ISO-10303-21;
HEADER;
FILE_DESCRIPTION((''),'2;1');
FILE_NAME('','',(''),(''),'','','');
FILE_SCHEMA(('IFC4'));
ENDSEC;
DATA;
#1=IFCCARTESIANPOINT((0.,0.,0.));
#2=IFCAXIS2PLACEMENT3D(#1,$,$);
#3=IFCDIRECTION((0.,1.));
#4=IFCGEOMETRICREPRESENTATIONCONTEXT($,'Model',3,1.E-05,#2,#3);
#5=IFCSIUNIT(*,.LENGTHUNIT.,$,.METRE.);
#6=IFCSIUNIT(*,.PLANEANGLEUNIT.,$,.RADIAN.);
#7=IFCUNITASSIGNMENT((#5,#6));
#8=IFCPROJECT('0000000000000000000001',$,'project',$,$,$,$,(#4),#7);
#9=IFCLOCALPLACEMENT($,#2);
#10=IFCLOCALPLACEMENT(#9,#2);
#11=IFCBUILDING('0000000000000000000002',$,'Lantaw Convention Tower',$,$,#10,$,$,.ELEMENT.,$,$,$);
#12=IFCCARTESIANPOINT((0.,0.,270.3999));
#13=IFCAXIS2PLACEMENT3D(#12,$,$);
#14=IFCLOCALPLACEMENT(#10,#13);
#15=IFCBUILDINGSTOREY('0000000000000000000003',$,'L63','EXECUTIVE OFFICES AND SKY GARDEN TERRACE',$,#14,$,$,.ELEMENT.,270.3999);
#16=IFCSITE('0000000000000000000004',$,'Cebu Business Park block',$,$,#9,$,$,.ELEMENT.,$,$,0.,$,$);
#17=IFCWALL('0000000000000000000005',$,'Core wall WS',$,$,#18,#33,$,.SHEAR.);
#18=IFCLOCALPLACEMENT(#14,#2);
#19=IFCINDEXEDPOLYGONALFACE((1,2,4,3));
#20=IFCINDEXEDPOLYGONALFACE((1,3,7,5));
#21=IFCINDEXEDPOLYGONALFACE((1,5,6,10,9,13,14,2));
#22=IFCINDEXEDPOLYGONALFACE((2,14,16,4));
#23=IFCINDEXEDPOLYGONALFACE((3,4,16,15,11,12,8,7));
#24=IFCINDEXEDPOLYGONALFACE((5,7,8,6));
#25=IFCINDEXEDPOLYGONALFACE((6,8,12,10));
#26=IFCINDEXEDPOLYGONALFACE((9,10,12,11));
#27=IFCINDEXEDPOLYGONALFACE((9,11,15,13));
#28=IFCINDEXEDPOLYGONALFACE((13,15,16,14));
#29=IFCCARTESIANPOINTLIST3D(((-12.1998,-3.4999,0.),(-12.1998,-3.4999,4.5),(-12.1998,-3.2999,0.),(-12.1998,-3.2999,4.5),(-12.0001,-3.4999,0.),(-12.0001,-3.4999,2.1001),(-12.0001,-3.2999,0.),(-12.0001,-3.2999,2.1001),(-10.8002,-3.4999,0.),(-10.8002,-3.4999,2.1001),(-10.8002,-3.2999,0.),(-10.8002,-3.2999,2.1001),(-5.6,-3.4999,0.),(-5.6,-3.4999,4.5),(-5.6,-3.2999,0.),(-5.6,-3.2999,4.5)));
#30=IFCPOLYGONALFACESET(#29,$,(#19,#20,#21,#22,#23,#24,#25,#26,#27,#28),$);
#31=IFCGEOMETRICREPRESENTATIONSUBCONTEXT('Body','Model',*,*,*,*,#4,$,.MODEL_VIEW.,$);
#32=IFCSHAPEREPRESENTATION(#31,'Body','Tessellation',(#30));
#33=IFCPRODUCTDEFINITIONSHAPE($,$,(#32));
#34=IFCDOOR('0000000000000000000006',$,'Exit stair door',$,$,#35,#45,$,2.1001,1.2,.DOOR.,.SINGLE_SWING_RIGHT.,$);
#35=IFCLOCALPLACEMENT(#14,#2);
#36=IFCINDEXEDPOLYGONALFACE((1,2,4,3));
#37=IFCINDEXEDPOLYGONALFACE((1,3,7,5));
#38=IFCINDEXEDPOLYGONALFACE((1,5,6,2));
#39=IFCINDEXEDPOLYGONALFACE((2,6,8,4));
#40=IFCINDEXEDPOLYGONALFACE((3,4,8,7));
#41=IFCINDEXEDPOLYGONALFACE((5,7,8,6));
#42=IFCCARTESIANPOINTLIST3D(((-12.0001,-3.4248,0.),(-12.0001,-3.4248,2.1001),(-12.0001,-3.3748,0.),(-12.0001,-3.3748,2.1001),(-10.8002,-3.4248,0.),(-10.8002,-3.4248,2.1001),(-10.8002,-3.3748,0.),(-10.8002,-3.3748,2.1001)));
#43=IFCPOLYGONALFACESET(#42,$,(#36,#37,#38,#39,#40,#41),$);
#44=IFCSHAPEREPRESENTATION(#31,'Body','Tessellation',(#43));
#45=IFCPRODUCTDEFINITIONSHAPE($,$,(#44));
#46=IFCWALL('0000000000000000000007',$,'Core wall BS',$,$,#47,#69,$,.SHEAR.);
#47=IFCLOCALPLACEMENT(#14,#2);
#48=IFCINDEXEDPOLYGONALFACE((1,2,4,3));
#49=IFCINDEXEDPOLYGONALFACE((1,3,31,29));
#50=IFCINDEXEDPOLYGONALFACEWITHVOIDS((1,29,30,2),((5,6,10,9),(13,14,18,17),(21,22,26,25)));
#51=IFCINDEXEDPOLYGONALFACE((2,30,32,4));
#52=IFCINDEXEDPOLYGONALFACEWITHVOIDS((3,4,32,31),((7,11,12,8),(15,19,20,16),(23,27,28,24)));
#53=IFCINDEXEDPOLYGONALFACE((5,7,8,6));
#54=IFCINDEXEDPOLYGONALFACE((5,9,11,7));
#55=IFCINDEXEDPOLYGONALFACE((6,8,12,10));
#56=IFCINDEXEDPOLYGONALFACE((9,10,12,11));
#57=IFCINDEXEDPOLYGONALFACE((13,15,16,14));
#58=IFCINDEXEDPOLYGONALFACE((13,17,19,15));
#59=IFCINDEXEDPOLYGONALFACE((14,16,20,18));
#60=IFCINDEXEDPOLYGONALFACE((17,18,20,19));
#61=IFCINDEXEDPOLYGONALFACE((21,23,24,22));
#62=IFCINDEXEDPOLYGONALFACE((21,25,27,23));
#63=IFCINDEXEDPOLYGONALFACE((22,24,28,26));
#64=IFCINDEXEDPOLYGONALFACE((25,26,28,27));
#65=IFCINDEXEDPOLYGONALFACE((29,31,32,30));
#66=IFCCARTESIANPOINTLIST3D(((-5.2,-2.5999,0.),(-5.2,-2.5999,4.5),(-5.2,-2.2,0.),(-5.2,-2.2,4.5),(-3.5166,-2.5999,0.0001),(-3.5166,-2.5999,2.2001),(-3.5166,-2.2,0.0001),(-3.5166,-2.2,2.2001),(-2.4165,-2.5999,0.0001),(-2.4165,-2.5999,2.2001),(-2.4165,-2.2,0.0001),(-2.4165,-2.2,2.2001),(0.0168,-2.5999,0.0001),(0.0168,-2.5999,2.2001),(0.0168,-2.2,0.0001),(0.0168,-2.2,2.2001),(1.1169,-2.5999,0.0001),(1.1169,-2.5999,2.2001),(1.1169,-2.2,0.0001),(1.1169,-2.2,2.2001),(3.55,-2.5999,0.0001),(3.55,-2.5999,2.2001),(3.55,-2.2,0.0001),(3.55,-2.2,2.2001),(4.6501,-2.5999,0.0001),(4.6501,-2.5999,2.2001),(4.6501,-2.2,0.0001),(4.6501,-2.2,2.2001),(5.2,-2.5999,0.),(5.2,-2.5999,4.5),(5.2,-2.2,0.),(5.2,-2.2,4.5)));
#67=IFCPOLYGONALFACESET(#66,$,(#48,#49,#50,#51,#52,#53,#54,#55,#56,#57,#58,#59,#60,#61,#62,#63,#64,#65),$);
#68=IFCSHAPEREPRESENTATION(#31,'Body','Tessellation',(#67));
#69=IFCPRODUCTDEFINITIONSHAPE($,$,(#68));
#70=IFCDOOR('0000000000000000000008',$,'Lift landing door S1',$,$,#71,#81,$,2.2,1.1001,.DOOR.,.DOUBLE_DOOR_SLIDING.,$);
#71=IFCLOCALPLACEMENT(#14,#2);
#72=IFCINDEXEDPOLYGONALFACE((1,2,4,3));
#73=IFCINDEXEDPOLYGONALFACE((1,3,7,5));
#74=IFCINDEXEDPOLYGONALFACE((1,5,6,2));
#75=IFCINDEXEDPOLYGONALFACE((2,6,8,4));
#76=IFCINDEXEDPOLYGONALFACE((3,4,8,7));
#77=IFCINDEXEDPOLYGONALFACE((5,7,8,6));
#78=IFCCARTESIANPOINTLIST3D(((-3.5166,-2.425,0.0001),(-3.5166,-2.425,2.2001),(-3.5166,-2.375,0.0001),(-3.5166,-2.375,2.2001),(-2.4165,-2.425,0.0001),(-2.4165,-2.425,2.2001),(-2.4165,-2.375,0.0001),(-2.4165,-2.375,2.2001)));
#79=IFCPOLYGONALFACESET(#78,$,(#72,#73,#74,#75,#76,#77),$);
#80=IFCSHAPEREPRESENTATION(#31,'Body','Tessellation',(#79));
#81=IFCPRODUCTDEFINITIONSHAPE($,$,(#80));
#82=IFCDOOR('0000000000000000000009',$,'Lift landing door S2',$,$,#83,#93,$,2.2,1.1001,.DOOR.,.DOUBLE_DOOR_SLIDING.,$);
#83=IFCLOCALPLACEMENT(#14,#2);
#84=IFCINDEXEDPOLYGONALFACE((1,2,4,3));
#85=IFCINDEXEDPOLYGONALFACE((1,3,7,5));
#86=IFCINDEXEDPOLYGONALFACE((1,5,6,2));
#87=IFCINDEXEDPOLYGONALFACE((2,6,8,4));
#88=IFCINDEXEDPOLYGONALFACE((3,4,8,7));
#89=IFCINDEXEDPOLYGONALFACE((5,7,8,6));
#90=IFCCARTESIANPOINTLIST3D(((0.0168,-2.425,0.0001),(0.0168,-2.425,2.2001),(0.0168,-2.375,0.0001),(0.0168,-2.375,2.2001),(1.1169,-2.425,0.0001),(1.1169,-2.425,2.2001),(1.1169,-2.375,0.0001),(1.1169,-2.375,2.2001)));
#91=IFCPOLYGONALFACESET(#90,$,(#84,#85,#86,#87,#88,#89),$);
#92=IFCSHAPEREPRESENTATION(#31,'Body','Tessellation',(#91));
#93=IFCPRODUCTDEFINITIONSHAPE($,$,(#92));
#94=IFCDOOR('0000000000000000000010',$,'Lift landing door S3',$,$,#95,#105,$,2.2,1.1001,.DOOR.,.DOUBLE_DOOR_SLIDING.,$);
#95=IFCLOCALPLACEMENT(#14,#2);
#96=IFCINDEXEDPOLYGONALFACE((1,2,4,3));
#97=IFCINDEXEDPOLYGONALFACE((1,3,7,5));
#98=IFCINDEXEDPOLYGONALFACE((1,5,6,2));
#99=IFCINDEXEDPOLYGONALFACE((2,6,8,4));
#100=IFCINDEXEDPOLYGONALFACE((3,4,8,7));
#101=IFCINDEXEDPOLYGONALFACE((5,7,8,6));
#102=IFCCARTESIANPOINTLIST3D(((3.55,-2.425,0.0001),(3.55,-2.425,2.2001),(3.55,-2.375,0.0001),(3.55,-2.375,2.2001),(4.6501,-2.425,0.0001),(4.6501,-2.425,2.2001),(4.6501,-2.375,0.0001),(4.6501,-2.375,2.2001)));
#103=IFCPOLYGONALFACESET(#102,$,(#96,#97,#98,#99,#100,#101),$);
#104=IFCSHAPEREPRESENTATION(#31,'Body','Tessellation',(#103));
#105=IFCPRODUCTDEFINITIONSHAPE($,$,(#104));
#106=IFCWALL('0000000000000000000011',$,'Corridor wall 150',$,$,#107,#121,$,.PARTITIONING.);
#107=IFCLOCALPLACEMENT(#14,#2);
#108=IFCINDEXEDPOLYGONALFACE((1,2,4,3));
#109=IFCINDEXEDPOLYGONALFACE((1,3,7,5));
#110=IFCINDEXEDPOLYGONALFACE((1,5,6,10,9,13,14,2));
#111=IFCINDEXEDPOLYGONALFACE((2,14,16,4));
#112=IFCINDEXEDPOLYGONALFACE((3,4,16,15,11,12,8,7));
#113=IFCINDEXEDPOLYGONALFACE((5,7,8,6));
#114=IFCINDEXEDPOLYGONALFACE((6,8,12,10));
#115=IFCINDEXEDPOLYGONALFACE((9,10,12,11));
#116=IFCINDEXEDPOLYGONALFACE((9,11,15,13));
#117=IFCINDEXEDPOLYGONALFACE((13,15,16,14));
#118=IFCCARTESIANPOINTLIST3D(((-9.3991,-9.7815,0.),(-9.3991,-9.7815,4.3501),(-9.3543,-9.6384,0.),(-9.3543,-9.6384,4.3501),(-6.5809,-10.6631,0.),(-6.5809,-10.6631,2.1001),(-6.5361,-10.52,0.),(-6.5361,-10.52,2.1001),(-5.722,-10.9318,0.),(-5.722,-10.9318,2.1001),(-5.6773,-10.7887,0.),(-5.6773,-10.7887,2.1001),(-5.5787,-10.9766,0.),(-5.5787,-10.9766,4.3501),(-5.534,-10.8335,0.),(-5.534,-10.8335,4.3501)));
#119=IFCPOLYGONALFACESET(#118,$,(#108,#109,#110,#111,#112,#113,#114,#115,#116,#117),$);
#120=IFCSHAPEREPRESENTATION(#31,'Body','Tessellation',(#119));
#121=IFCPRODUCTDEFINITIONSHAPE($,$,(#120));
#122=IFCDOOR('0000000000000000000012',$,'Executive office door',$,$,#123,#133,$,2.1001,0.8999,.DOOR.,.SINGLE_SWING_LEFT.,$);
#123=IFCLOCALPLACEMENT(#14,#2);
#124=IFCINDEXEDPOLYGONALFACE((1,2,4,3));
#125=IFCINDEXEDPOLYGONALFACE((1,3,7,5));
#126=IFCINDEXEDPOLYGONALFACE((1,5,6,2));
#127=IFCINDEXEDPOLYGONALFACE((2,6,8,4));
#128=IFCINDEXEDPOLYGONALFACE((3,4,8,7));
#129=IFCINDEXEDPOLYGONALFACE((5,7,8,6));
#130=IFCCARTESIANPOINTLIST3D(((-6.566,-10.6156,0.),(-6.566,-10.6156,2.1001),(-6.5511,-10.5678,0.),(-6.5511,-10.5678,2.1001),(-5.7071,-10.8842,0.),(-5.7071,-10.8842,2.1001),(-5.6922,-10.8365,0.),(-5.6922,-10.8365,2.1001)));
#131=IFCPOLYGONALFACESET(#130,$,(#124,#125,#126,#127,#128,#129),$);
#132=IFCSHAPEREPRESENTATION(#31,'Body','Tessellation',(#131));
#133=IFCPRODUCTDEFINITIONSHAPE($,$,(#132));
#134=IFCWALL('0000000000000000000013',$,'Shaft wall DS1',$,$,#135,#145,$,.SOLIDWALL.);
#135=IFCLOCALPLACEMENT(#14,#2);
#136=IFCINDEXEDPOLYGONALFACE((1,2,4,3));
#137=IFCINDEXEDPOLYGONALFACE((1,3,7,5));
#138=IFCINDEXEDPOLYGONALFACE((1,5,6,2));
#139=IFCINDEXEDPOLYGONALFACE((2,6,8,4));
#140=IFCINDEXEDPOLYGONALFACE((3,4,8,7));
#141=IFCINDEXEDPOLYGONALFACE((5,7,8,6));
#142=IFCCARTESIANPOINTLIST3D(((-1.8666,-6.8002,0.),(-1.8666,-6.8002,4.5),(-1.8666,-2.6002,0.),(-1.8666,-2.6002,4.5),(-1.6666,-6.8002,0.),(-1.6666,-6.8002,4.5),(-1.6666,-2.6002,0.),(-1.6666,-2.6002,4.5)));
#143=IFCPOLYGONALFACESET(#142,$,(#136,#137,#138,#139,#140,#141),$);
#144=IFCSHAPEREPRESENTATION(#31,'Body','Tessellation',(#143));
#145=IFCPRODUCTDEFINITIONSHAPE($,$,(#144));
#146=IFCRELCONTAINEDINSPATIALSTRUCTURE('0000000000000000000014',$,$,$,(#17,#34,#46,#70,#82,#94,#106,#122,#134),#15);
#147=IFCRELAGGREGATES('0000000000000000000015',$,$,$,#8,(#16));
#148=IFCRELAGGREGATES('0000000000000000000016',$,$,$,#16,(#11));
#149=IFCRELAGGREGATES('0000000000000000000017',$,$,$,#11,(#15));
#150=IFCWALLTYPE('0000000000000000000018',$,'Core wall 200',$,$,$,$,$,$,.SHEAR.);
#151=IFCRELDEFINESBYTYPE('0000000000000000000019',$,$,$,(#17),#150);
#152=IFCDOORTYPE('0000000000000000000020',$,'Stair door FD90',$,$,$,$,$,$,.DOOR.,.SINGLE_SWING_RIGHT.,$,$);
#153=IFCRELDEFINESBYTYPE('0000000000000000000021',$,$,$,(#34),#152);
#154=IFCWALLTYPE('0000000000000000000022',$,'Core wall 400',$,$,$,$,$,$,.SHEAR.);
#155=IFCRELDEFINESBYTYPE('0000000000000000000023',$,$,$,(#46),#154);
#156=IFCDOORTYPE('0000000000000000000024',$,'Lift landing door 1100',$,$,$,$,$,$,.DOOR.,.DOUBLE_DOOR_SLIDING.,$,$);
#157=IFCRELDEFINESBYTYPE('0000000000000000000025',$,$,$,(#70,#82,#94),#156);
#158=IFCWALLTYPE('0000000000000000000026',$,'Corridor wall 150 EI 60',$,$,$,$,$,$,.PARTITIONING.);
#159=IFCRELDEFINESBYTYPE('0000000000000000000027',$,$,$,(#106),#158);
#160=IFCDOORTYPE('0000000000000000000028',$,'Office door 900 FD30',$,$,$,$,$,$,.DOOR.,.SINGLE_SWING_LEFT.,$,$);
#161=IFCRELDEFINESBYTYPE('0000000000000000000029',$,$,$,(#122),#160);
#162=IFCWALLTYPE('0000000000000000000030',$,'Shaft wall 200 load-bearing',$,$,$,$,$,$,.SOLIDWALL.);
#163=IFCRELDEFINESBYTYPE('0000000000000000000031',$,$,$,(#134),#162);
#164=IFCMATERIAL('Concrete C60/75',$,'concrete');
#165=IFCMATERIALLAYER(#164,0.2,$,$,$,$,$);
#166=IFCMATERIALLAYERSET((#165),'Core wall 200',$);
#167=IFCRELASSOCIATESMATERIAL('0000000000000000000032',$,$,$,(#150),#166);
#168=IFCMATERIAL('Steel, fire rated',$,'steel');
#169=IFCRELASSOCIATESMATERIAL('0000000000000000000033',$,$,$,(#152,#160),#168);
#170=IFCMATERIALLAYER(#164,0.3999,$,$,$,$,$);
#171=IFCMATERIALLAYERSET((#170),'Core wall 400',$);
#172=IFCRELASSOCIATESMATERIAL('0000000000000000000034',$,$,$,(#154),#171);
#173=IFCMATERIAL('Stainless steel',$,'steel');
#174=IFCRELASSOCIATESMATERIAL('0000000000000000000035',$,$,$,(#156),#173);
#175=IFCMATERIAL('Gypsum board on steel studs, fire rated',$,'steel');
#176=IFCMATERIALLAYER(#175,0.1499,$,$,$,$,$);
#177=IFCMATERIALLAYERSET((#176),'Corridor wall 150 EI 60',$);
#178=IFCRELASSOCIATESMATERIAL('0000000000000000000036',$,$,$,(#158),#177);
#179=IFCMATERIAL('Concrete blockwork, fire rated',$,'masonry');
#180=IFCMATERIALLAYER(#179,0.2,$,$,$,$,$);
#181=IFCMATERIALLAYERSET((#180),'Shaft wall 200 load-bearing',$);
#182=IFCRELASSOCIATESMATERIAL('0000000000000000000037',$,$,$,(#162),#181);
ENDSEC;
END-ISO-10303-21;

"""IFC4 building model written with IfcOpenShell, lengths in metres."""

from ifc_helpers import new_model, si_unit, direction, frame, frame_2d, origin, place, context, subcontext, project, spatial, rectangle, extrude, material, layer, layer_set, type_object, element, fill, save


model = new_model("IFC4")

# Units and contexts
model_context = context("Model", 3, precision=1e-05, world=origin(), true_north=direction((0.0, 1.0)))
body_context = subcontext(model_context, "Body", "Model", "MODEL_VIEW")
ifc_project = project(units=[si_unit("LENGTHUNIT", "METRE"), si_unit("PLANEANGLEUNIT", "RADIAN")], contexts=[model_context])

# Site, building, storey
site_placement = place(None, origin())
site = spatial("IfcSite", under=ifc_project, at=site_placement, Name="Cebu Business Park block", CompositionType="ELEMENT", RefElevation=0.0)
building_placement = place(site_placement, origin())
building = spatial("IfcBuilding", under=site, at=building_placement, Name="Lantaw Convention Tower", CompositionType="ELEMENT")
storey_placement = place(building_placement, frame((0.0, 0.0, 270.3999)))
storey = spatial("IfcBuildingStorey", under=building, at=storey_placement, Name="L63", Description="EXECUTIVE OFFICES AND SKY GARDEN TERRACE", CompositionType="ELEMENT", Elevation=270.3999)

# Shared definitions
ifc_material_1 = material(Name="Concrete C60/75", Category="concrete")

# Wall, opening, door
ifc_layer_1 = layer(ifc_material_1, 0.2)
ifc_layer_set_1 = layer_set([ifc_layer_1], Name="Core wall 200")
wall_type_1 = type_object("IfcWallType", Name="Core wall 200", PredefinedType="SHEAR", material=ifc_layer_set_1)
wall_1_placement = place(storey_placement, frame((-5.6001, -3.3999, 0.0), z_axis=(0.0, 0.0, 1.0), x_axis=(-1.0, 0.0, 0.0)))
wall_1 = element("IfcWall", 1, at=wall_1_placement, inside=storey, type_object=wall_type_1, Name="Core wall WS", PredefinedType="SHEAR", context=body_context, shape_type="SweptSolid", body=[
    extrude(rectangle(XDim=6.5999, YDim=0.2, at=frame_2d((3.2998, 0.0))), origin(), (0.0, 0.0, 1.0), 4.5),
])
opening_1_placement = place(wall_1_placement, frame((5.2, 0.0, 0.0)))
opening_1 = element("IfcOpeningElement", 2, at=opening_1_placement, cuts=wall_1, PredefinedType="OPENING", context=body_context, shape_type="SweptSolid", body=[
    extrude(rectangle(XDim=1.2, YDim=2.1001, at=frame_2d((0.6001, 1.05))), frame((0.0, 0.1099, 0.0), z_axis=(0.0, -1.0, 0.0), x_axis=(1.0, 0.0, 0.0)), (0.0, 0.0, 1.0), 0.22),
])
ifc_material_2 = material(Name="Steel, fire rated", Category="steel")
door_type_1 = type_object("IfcDoorType", Name="Stair door FD90", OperationType="SINGLE_SWING_RIGHT", PredefinedType="DOOR", material=ifc_material_2)
door_1_placement = place(opening_1_placement, origin())
door_1 = element("IfcDoor", 3, at=door_1_placement, inside=storey, type_object=door_type_1, Name="Exit stair door", OperationType="SINGLE_SWING_RIGHT", OverallHeight=2.1001, OverallWidth=1.2, PredefinedType="DOOR", context=body_context, shape_type="SweptSolid", body=[
    extrude(rectangle(XDim=1.2, YDim=2.1001, at=frame_2d((0.6001, 1.05))), frame((0.0, 0.0249, 0.0), z_axis=(0.0, -1.0, 0.0), x_axis=(1.0, 0.0, 0.0)), (0.0, 0.0, 1.0), 0.05),
])
fill(opening_1, door_1)

# Wall, openings, doors
ifc_layer_2 = layer(ifc_material_1, 0.3999)
ifc_layer_set_2 = layer_set([ifc_layer_2], Name="Core wall 400")
wall_type_2 = type_object("IfcWallType", Name="Core wall 400", PredefinedType="SHEAR", material=ifc_layer_set_2)
wall_2_placement = place(storey_placement, frame((-5.2, -2.3999, 0.0), z_axis=(0.0, 0.0, 1.0), x_axis=(1.0, 0.0, 0.0)))
wall_2 = element("IfcWall", 4, at=wall_2_placement, inside=storey, type_object=wall_type_2, Name="Core wall BS", PredefinedType="SHEAR", context=body_context, shape_type="SweptSolid", body=[
    extrude(rectangle(XDim=10.3999, YDim=0.3999, at=frame_2d((5.2, 0.0))), origin(), (0.0, 0.0, 1.0), 4.5),
])
opening_2_placement = place(wall_2_placement, frame((1.6833, 0.0, 0.0)))
opening_2 = element("IfcOpeningElement", 5, at=opening_2_placement, cuts=wall_2, PredefinedType="OPENING", context=body_context, shape_type="SweptSolid", body=[
    extrude(rectangle(XDim=1.1001, YDim=2.2, at=frame_2d((0.55, 1.1001))), frame((0.0, 0.21, 0.0), z_axis=(0.0, -1.0, 0.0), x_axis=(1.0, 0.0, 0.0)), (0.0, 0.0, 1.0), 0.4199),
])
opening_3_placement = place(wall_2_placement, frame((5.2168, 0.0, 0.0)))
opening_3 = element("IfcOpeningElement", 6, at=opening_3_placement, cuts=wall_2, PredefinedType="OPENING", context=body_context, shape_type="SweptSolid", body=[
    extrude(rectangle(XDim=1.1001, YDim=2.2, at=frame_2d((0.55, 1.1001))), frame((0.0, 0.21, 0.0), z_axis=(0.0, -1.0, 0.0), x_axis=(1.0, 0.0, 0.0)), (0.0, 0.0, 1.0), 0.4199),
])
opening_4_placement = place(wall_2_placement, frame((8.75, 0.0, 0.0)))
opening_4 = element("IfcOpeningElement", 7, at=opening_4_placement, cuts=wall_2, PredefinedType="OPENING", context=body_context, shape_type="SweptSolid", body=[
    extrude(rectangle(XDim=1.1001, YDim=2.2, at=frame_2d((0.55, 1.1001))), frame((0.0, 0.21, 0.0), z_axis=(0.0, -1.0, 0.0), x_axis=(1.0, 0.0, 0.0)), (0.0, 0.0, 1.0), 0.4199),
])
ifc_material_3 = material(Name="Stainless steel", Category="steel")
door_type_2 = type_object("IfcDoorType", Name="Lift landing door 1100", OperationType="DOUBLE_DOOR_SLIDING", PredefinedType="DOOR", material=ifc_material_3)
door_2_placement = place(opening_2_placement, origin())
door_2 = element("IfcDoor", 8, at=door_2_placement, inside=storey, type_object=door_type_2, Name="Lift landing door S1", OperationType="DOUBLE_DOOR_SLIDING", OverallHeight=2.2, OverallWidth=1.1001, PredefinedType="DOOR", context=body_context, shape_type="SweptSolid", body=[
    extrude(rectangle(XDim=1.1001, YDim=2.2, at=frame_2d((0.55, 1.1001))), frame((0.0, 0.0249, 0.0), z_axis=(0.0, -1.0, 0.0), x_axis=(1.0, 0.0, 0.0)), (0.0, 0.0, 1.0), 0.05),
])
fill(opening_2, door_2)
door_3_placement = place(opening_3_placement, origin())
door_3 = element("IfcDoor", 9, at=door_3_placement, inside=storey, type_object=door_type_2, Name="Lift landing door S2", OperationType="DOUBLE_DOOR_SLIDING", OverallHeight=2.2, OverallWidth=1.1001, PredefinedType="DOOR", context=body_context, shape_type="SweptSolid", body=[
    extrude(rectangle(XDim=1.1001, YDim=2.2, at=frame_2d((0.55, 1.1001))), frame((0.0, 0.0249, 0.0), z_axis=(0.0, -1.0, 0.0), x_axis=(1.0, 0.0, 0.0)), (0.0, 0.0, 1.0), 0.05),
])
fill(opening_3, door_3)
door_4_placement = place(opening_4_placement, origin())
door_4 = element("IfcDoor", 10, at=door_4_placement, inside=storey, type_object=door_type_2, Name="Lift landing door S3", OperationType="DOUBLE_DOOR_SLIDING", OverallHeight=2.2, OverallWidth=1.1001, PredefinedType="DOOR", context=body_context, shape_type="SweptSolid", body=[
    extrude(rectangle(XDim=1.1001, YDim=2.2, at=frame_2d((0.55, 1.1001))), frame((0.0, 0.0249, 0.0), z_axis=(0.0, -1.0, 0.0), x_axis=(1.0, 0.0, 0.0)), (0.0, 0.0, 1.0), 0.05),
])
fill(opening_4, door_4)

# Wall, opening, door
ifc_material_4 = material(Name="Gypsum board on steel studs, fire rated", Category="steel")
ifc_layer_3 = layer(ifc_material_4, 0.1499)
ifc_layer_set_3 = layer_set([ifc_layer_3], Name="Corridor wall 150 EI 60")
wall_type_3 = type_object("IfcWallType", Name="Corridor wall 150 EI 60", PredefinedType="PARTITIONING", material=ifc_layer_set_3)
wall_3_placement = place(storey_placement, frame((-9.3767, -9.71, 0.0), z_axis=(0.0, 0.0, 1.0), x_axis=(0.954393, -0.298553, 0.0)))
wall_3 = element("IfcWall", 11, at=wall_3_placement, inside=storey, type_object=wall_type_3, Name="Corridor wall 150", PredefinedType="PARTITIONING", context=body_context, shape_type="SweptSolid", body=[
    extrude(rectangle(XDim=4.0029, YDim=0.1499, at=frame_2d((2.0015, 0.0))), origin(), (0.0, 0.0, 1.0), 4.3501),
])
opening_5_placement = place(wall_3_placement, frame((2.9529, 0.0, 0.0)))
opening_5 = element("IfcOpeningElement", 12, at=opening_5_placement, cuts=wall_3, PredefinedType="OPENING", context=body_context, shape_type="SweptSolid", body=[
    extrude(rectangle(XDim=0.8999, YDim=2.1001, at=frame_2d((0.45, 1.05))), frame((0.0, 0.085, 0.0), z_axis=(0.0, -1.0, 0.0), x_axis=(1.0, 0.0, 0.0)), (0.0, 0.0, 1.0), 0.1699),
])
door_type_3 = type_object("IfcDoorType", Name="Office door 900 FD30", OperationType="SINGLE_SWING_LEFT", PredefinedType="DOOR", material=ifc_material_2)
door_5_placement = place(opening_5_placement, origin())
door_5 = element("IfcDoor", 13, at=door_5_placement, inside=storey, type_object=door_type_3, Name="Executive office door", OperationType="SINGLE_SWING_LEFT", OverallHeight=2.1001, OverallWidth=0.8999, PredefinedType="DOOR", context=body_context, shape_type="SweptSolid", body=[
    extrude(rectangle(XDim=0.8999, YDim=2.1001, at=frame_2d((0.45, 1.05))), frame((0.0, 0.0249, 0.0), z_axis=(0.0, -1.0, 0.0), x_axis=(1.0, 0.0, 0.0)), (0.0, 0.0, 1.0), 0.05),
])
fill(opening_5, door_5)

# Wall
ifc_material_5 = material(Name="Concrete blockwork, fire rated", Category="masonry")
ifc_layer_4 = layer(ifc_material_5, 0.2)
ifc_layer_set_4 = layer_set([ifc_layer_4], Name="Shaft wall 200 load-bearing")
wall_type_4 = type_object("IfcWallType", Name="Shaft wall 200 load-bearing", PredefinedType="SOLIDWALL", material=ifc_layer_set_4)
wall_4_placement = place(storey_placement, frame((-1.7666, -2.6001, 0.0), z_axis=(0.0, 0.0, 1.0), x_axis=(0.0, -1.0, 0.0)))
element("IfcWall", 14, at=wall_4_placement, inside=storey, type_object=wall_type_4, Name="Shaft wall DS1", PredefinedType="SOLIDWALL", context=body_context, shape_type="SweptSolid", body=[
    extrude(rectangle(XDim=4.2, YDim=0.2, at=frame_2d((2.1001, 0.0))), origin(), (0.0, 0.0, 1.0), 4.5),
])

save(model, "model.ifc")
